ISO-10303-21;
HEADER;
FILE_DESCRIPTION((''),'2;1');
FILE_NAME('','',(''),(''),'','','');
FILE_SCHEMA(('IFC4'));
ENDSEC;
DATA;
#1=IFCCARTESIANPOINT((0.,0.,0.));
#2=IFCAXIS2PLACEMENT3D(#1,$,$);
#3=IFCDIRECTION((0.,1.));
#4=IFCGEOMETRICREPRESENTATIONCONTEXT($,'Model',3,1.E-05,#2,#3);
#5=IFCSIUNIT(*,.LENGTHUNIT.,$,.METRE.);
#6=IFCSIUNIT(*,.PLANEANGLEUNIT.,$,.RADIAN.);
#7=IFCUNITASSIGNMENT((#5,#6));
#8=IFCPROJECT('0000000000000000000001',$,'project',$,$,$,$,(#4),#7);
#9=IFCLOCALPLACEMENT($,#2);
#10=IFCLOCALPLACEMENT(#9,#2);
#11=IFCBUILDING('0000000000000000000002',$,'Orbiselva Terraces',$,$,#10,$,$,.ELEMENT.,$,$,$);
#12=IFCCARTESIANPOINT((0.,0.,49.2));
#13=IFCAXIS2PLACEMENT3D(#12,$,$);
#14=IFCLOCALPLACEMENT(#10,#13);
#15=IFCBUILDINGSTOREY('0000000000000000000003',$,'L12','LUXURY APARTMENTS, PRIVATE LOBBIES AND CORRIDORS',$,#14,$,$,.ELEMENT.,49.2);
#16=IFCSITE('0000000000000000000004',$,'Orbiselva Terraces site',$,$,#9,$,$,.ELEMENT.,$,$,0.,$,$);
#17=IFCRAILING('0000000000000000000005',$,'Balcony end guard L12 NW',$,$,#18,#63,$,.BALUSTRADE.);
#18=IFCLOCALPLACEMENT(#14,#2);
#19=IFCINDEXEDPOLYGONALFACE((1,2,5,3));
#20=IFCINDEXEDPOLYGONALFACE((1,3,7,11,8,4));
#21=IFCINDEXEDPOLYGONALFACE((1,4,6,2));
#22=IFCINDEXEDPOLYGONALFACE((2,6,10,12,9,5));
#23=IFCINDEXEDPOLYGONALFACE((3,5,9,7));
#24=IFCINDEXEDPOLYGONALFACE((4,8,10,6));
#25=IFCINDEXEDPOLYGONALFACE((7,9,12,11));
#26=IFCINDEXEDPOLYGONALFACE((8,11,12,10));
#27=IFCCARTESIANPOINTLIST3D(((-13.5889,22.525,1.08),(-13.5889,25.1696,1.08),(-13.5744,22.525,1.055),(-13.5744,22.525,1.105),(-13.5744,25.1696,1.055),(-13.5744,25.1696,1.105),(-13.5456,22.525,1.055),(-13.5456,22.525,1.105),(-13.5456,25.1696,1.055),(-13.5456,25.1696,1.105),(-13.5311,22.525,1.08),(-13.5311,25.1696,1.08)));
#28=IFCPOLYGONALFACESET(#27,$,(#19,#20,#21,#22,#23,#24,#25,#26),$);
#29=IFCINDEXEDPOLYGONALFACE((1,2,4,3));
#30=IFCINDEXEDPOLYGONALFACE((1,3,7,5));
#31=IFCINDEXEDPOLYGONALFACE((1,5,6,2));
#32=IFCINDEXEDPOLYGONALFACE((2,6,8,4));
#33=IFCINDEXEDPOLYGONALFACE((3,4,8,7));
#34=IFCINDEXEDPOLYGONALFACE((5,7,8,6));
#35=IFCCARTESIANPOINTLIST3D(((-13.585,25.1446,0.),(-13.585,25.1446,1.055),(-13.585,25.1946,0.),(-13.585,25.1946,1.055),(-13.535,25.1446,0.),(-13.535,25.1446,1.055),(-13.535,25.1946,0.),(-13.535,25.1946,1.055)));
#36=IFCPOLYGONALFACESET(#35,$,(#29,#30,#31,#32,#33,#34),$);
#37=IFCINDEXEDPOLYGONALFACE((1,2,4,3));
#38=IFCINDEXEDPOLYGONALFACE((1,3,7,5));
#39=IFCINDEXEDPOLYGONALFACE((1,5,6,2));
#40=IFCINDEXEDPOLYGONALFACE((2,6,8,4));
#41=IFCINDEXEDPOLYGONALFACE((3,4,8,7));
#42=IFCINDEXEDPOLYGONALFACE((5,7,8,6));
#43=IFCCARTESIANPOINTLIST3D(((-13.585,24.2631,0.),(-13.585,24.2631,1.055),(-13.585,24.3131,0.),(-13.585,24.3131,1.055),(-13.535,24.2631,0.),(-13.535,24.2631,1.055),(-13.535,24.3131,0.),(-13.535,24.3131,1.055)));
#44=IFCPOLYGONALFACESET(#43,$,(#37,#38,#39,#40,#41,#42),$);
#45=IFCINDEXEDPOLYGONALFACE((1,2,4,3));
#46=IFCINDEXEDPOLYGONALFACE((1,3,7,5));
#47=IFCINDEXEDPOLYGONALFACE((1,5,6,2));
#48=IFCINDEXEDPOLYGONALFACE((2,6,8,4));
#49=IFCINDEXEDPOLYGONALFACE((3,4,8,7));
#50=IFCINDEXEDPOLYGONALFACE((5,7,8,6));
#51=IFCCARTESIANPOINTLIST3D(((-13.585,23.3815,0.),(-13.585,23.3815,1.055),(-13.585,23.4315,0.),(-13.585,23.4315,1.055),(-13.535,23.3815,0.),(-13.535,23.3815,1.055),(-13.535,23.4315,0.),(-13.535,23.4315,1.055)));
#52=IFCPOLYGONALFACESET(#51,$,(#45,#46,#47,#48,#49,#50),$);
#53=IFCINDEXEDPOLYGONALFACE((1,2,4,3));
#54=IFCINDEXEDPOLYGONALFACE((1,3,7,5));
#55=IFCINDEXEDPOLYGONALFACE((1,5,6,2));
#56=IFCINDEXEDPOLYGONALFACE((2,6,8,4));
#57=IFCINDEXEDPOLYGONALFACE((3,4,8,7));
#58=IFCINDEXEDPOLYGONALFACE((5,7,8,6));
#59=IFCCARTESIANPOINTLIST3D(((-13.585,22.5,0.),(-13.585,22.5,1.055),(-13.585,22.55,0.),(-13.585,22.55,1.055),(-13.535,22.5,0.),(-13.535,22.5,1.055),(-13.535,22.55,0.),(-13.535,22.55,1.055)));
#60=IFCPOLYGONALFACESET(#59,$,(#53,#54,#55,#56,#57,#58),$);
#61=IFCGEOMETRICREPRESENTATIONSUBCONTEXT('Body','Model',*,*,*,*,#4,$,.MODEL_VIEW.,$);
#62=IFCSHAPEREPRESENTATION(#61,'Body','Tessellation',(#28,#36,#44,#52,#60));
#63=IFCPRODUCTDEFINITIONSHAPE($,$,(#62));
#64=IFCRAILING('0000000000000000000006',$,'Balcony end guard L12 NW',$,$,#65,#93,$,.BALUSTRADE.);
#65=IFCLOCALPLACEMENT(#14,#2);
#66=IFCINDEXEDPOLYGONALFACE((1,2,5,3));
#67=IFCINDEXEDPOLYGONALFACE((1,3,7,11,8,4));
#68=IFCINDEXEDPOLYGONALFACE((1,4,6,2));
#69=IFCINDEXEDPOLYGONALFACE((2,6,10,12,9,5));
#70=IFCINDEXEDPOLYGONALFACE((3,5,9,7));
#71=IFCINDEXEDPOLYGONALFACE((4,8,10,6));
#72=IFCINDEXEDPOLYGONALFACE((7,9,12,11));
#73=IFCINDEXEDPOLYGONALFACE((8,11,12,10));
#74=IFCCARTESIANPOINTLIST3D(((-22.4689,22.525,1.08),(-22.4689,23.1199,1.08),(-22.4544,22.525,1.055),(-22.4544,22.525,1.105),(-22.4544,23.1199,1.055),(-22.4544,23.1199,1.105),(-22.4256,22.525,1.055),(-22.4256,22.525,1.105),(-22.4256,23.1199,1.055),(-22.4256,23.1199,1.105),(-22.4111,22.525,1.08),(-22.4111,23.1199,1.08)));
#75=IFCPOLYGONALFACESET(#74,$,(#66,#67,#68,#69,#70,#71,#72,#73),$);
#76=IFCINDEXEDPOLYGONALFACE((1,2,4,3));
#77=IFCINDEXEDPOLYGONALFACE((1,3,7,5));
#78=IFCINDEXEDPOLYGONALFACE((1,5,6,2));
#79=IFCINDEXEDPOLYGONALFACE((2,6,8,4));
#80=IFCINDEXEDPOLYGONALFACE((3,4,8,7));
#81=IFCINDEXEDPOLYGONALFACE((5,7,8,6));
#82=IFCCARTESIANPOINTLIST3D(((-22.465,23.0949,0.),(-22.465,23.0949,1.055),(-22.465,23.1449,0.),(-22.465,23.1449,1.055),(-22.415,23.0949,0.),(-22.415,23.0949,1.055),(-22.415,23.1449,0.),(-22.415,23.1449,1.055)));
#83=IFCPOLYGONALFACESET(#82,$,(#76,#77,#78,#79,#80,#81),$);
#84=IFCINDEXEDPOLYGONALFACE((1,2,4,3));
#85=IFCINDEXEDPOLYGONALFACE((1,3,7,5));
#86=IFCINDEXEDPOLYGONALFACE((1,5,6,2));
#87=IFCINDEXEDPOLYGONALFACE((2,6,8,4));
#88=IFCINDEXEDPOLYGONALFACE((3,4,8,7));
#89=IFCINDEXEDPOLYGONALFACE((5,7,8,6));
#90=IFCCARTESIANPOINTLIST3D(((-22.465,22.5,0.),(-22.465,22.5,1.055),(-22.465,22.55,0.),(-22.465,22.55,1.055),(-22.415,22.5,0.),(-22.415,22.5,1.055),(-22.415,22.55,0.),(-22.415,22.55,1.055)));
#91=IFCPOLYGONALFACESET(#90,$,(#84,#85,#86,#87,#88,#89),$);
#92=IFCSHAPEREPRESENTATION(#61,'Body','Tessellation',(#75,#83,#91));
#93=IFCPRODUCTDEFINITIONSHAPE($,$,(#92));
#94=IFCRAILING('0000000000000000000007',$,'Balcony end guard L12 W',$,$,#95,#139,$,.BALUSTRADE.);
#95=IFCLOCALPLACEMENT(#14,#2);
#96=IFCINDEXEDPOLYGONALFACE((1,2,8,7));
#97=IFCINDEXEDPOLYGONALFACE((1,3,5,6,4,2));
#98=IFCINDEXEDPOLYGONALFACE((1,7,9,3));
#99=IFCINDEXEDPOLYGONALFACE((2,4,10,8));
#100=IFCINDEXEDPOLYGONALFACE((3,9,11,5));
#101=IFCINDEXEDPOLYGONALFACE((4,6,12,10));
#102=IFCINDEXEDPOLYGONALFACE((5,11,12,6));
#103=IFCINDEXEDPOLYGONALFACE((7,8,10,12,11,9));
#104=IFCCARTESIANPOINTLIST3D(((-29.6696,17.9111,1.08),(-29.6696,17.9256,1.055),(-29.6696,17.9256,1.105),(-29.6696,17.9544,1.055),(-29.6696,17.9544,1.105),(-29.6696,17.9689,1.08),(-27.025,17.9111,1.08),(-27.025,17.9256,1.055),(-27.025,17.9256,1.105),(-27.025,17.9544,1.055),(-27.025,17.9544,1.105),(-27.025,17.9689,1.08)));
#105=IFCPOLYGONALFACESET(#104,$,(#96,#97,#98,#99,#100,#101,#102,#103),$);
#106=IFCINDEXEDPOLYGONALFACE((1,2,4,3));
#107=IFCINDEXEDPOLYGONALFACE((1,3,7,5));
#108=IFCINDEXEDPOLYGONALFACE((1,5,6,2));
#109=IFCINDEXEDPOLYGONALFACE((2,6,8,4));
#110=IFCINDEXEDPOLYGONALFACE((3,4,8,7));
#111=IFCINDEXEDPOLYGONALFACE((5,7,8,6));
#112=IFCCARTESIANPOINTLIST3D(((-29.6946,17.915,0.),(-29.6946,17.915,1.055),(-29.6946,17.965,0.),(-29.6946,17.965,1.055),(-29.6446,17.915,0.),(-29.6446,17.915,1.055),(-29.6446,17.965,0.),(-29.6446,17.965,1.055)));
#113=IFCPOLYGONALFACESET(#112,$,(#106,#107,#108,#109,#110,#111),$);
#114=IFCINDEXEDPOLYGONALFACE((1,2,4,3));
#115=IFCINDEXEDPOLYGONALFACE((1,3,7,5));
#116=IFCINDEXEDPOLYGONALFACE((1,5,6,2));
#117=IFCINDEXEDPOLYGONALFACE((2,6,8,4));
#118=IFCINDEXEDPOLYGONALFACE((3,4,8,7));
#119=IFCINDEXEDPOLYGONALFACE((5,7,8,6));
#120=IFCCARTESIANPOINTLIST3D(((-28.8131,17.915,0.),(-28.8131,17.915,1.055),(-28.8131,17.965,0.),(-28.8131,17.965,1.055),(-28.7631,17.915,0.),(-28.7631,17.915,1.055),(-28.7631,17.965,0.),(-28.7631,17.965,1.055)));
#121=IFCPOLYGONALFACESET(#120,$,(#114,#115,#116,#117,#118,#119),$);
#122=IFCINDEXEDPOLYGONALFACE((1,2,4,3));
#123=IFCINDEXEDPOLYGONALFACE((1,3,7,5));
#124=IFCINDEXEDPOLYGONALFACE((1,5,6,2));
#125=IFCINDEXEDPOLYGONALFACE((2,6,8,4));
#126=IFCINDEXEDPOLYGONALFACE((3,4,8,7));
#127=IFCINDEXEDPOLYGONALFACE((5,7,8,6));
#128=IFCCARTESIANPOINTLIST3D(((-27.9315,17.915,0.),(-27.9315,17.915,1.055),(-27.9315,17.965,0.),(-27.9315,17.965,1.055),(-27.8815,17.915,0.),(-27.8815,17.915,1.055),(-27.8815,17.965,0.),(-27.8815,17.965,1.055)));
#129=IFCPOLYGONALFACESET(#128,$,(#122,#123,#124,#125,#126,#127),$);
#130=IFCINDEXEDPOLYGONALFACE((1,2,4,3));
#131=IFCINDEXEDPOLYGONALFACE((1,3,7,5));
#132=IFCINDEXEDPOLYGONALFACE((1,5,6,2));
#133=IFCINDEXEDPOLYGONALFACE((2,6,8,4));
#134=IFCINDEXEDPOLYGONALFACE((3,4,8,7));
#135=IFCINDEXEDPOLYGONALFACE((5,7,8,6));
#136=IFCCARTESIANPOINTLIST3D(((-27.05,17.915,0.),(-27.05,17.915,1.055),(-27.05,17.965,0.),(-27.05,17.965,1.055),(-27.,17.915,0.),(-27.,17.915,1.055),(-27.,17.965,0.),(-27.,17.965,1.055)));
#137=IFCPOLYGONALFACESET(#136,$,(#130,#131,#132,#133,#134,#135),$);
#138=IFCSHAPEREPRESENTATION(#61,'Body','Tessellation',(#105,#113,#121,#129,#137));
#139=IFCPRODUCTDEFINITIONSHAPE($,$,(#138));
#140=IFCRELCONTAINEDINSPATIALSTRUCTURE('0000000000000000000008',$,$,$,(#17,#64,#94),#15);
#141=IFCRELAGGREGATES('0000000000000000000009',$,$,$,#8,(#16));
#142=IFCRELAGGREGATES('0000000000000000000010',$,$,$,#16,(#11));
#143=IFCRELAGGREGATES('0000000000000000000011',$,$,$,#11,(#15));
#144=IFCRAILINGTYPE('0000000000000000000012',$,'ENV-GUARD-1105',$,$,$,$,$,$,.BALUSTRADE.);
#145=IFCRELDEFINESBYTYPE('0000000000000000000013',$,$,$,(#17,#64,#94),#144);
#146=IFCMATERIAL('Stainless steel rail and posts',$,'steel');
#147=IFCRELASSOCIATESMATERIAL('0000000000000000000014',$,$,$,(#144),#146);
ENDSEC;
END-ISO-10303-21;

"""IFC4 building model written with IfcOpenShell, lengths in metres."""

from ifc_helpers import new_model, si_unit, direction, frame, origin, origin_2d, place, context, subcontext, project, spatial, polyline, rectangle, outline, extrude, material, type_object, element, save


model = new_model("IFC4")

# Units and contexts
model_context = context("Model", 3, precision=1e-05, world=origin(), true_north=direction((0.0, 1.0)))
body_context = subcontext(model_context, "Body", "Model", "MODEL_VIEW")
ifc_project = project(units=[si_unit("LENGTHUNIT", "METRE"), si_unit("PLANEANGLEUNIT", "RADIAN")], contexts=[model_context])

# Site, building, storey
site_placement = place(None, origin())
site = spatial("IfcSite", under=ifc_project, at=site_placement, Name="Orbiselva Terraces site", CompositionType="ELEMENT", RefElevation=0.0)
building_placement = place(site_placement, origin())
building = spatial("IfcBuilding", under=site, at=building_placement, Name="Orbiselva Terraces", CompositionType="ELEMENT")
storey_placement = place(building_placement, frame((0.0, 0.0, 49.2)))
storey = spatial("IfcBuildingStorey", under=building, at=storey_placement, Name="L12", Description="LUXURY APARTMENTS, PRIVATE LOBBIES AND CORRIDORS", CompositionType="ELEMENT", Elevation=49.2)

# Railings
ifc_material_1 = material(Name="Stainless steel rail and posts", Category="steel")
railing_type_1 = type_object("IfcRailingType", Name="ENV-GUARD-1105", PredefinedType="BALUSTRADE", material=ifc_material_1)
railing_1_placement = place(storey_placement, frame((-13.56, 25.1696, 0.0)))
element("IfcRailing", 1, at=railing_1_placement, inside=storey, type_object=railing_type_1, Name="Balcony end guard L12 NW", PredefinedType="BALUSTRADE", context=body_context, shape_type="SweptSolid", body=[
    extrude(outline(polyline([(0.0289, 0.0), (0.0144, 0.025), (-0.0144, 0.025), (-0.0289, 0.0), (-0.0144, -0.025), (0.0144, -0.025), (0.0289, 0.0)])), frame((0.0, 0.0, 1.08), z_axis=(0.0, -1.0, 0.0), x_axis=(1.0, 0.0, 0.0)), (0.0, 0.0, 1.0), 2.6446),
    extrude(rectangle(XDim=0.05, YDim=0.05, at=origin_2d()), origin(), (0.0, 0.0, 1.0), 1.055),
    extrude(rectangle(XDim=0.05, YDim=0.05, at=origin_2d()), frame((0.0, -0.8815, 0.0)), (0.0, 0.0, 1.0), 1.055),
    extrude(rectangle(XDim=0.05, YDim=0.05, at=origin_2d()), frame((0.0, -1.7631, 0.0)), (0.0, 0.0, 1.0), 1.055),
    extrude(rectangle(XDim=0.05, YDim=0.05, at=origin_2d()), frame((0.0, -2.6446, 0.0)), (0.0, 0.0, 1.0), 1.055),
])
railing_2_placement = place(storey_placement, frame((-22.44, 23.1199, 0.0)))
element("IfcRailing", 2, at=railing_2_placement, inside=storey, type_object=railing_type_1, Name="Balcony end guard L12 NW", PredefinedType="BALUSTRADE", context=body_context, shape_type="SweptSolid", body=[
    extrude(outline(polyline([(0.0289, 0.0), (0.0144, 0.025), (-0.0144, 0.025), (-0.0289, 0.0), (-0.0144, -0.025), (0.0144, -0.025), (0.0289, 0.0)])), frame((0.0, 0.0, 1.08), z_axis=(0.0, -1.0, 0.0), x_axis=(1.0, 0.0, 0.0)), (0.0, 0.0, 1.0), 0.5949),
    extrude(rectangle(XDim=0.05, YDim=0.05, at=origin_2d()), origin(), (0.0, 0.0, 1.0), 1.055),
    extrude(rectangle(XDim=0.05, YDim=0.05, at=origin_2d()), frame((0.0, -0.5949, 0.0)), (0.0, 0.0, 1.0), 1.055),
])
railing_3_placement = place(storey_placement, frame((-29.6696, 17.94, 0.0)))
element("IfcRailing", 3, at=railing_3_placement, inside=storey, type_object=railing_type_1, Name="Balcony end guard L12 W", PredefinedType="BALUSTRADE", context=body_context, shape_type="SweptSolid", body=[
    extrude(outline(polyline([(0.0289, 0.0), (0.0144, 0.025), (-0.0144, 0.025), (-0.0289, 0.0), (-0.0144, -0.025), (0.0144, -0.025), (0.0289, 0.0)])), frame((0.0, 0.0, 1.08), z_axis=(1.0, 0.0, 0.0), x_axis=(0.0, 1.0, 0.0)), (0.0, 0.0, 1.0), 2.6446),
    extrude(rectangle(XDim=0.05, YDim=0.05, at=origin_2d()), origin(), (0.0, 0.0, 1.0), 1.055),
    extrude(rectangle(XDim=0.05, YDim=0.05, at=origin_2d()), frame((0.8815, 0.0, 0.0)), (0.0, 0.0, 1.0), 1.055),
    extrude(rectangle(XDim=0.05, YDim=0.05, at=origin_2d()), frame((1.7631, 0.0, 0.0)), (0.0, 0.0, 1.0), 1.055),
    extrude(rectangle(XDim=0.05, YDim=0.05, at=origin_2d()), frame((2.6446, 0.0, 0.0)), (0.0, 0.0, 1.0), 1.055),
])

save(model, "model.ifc")
